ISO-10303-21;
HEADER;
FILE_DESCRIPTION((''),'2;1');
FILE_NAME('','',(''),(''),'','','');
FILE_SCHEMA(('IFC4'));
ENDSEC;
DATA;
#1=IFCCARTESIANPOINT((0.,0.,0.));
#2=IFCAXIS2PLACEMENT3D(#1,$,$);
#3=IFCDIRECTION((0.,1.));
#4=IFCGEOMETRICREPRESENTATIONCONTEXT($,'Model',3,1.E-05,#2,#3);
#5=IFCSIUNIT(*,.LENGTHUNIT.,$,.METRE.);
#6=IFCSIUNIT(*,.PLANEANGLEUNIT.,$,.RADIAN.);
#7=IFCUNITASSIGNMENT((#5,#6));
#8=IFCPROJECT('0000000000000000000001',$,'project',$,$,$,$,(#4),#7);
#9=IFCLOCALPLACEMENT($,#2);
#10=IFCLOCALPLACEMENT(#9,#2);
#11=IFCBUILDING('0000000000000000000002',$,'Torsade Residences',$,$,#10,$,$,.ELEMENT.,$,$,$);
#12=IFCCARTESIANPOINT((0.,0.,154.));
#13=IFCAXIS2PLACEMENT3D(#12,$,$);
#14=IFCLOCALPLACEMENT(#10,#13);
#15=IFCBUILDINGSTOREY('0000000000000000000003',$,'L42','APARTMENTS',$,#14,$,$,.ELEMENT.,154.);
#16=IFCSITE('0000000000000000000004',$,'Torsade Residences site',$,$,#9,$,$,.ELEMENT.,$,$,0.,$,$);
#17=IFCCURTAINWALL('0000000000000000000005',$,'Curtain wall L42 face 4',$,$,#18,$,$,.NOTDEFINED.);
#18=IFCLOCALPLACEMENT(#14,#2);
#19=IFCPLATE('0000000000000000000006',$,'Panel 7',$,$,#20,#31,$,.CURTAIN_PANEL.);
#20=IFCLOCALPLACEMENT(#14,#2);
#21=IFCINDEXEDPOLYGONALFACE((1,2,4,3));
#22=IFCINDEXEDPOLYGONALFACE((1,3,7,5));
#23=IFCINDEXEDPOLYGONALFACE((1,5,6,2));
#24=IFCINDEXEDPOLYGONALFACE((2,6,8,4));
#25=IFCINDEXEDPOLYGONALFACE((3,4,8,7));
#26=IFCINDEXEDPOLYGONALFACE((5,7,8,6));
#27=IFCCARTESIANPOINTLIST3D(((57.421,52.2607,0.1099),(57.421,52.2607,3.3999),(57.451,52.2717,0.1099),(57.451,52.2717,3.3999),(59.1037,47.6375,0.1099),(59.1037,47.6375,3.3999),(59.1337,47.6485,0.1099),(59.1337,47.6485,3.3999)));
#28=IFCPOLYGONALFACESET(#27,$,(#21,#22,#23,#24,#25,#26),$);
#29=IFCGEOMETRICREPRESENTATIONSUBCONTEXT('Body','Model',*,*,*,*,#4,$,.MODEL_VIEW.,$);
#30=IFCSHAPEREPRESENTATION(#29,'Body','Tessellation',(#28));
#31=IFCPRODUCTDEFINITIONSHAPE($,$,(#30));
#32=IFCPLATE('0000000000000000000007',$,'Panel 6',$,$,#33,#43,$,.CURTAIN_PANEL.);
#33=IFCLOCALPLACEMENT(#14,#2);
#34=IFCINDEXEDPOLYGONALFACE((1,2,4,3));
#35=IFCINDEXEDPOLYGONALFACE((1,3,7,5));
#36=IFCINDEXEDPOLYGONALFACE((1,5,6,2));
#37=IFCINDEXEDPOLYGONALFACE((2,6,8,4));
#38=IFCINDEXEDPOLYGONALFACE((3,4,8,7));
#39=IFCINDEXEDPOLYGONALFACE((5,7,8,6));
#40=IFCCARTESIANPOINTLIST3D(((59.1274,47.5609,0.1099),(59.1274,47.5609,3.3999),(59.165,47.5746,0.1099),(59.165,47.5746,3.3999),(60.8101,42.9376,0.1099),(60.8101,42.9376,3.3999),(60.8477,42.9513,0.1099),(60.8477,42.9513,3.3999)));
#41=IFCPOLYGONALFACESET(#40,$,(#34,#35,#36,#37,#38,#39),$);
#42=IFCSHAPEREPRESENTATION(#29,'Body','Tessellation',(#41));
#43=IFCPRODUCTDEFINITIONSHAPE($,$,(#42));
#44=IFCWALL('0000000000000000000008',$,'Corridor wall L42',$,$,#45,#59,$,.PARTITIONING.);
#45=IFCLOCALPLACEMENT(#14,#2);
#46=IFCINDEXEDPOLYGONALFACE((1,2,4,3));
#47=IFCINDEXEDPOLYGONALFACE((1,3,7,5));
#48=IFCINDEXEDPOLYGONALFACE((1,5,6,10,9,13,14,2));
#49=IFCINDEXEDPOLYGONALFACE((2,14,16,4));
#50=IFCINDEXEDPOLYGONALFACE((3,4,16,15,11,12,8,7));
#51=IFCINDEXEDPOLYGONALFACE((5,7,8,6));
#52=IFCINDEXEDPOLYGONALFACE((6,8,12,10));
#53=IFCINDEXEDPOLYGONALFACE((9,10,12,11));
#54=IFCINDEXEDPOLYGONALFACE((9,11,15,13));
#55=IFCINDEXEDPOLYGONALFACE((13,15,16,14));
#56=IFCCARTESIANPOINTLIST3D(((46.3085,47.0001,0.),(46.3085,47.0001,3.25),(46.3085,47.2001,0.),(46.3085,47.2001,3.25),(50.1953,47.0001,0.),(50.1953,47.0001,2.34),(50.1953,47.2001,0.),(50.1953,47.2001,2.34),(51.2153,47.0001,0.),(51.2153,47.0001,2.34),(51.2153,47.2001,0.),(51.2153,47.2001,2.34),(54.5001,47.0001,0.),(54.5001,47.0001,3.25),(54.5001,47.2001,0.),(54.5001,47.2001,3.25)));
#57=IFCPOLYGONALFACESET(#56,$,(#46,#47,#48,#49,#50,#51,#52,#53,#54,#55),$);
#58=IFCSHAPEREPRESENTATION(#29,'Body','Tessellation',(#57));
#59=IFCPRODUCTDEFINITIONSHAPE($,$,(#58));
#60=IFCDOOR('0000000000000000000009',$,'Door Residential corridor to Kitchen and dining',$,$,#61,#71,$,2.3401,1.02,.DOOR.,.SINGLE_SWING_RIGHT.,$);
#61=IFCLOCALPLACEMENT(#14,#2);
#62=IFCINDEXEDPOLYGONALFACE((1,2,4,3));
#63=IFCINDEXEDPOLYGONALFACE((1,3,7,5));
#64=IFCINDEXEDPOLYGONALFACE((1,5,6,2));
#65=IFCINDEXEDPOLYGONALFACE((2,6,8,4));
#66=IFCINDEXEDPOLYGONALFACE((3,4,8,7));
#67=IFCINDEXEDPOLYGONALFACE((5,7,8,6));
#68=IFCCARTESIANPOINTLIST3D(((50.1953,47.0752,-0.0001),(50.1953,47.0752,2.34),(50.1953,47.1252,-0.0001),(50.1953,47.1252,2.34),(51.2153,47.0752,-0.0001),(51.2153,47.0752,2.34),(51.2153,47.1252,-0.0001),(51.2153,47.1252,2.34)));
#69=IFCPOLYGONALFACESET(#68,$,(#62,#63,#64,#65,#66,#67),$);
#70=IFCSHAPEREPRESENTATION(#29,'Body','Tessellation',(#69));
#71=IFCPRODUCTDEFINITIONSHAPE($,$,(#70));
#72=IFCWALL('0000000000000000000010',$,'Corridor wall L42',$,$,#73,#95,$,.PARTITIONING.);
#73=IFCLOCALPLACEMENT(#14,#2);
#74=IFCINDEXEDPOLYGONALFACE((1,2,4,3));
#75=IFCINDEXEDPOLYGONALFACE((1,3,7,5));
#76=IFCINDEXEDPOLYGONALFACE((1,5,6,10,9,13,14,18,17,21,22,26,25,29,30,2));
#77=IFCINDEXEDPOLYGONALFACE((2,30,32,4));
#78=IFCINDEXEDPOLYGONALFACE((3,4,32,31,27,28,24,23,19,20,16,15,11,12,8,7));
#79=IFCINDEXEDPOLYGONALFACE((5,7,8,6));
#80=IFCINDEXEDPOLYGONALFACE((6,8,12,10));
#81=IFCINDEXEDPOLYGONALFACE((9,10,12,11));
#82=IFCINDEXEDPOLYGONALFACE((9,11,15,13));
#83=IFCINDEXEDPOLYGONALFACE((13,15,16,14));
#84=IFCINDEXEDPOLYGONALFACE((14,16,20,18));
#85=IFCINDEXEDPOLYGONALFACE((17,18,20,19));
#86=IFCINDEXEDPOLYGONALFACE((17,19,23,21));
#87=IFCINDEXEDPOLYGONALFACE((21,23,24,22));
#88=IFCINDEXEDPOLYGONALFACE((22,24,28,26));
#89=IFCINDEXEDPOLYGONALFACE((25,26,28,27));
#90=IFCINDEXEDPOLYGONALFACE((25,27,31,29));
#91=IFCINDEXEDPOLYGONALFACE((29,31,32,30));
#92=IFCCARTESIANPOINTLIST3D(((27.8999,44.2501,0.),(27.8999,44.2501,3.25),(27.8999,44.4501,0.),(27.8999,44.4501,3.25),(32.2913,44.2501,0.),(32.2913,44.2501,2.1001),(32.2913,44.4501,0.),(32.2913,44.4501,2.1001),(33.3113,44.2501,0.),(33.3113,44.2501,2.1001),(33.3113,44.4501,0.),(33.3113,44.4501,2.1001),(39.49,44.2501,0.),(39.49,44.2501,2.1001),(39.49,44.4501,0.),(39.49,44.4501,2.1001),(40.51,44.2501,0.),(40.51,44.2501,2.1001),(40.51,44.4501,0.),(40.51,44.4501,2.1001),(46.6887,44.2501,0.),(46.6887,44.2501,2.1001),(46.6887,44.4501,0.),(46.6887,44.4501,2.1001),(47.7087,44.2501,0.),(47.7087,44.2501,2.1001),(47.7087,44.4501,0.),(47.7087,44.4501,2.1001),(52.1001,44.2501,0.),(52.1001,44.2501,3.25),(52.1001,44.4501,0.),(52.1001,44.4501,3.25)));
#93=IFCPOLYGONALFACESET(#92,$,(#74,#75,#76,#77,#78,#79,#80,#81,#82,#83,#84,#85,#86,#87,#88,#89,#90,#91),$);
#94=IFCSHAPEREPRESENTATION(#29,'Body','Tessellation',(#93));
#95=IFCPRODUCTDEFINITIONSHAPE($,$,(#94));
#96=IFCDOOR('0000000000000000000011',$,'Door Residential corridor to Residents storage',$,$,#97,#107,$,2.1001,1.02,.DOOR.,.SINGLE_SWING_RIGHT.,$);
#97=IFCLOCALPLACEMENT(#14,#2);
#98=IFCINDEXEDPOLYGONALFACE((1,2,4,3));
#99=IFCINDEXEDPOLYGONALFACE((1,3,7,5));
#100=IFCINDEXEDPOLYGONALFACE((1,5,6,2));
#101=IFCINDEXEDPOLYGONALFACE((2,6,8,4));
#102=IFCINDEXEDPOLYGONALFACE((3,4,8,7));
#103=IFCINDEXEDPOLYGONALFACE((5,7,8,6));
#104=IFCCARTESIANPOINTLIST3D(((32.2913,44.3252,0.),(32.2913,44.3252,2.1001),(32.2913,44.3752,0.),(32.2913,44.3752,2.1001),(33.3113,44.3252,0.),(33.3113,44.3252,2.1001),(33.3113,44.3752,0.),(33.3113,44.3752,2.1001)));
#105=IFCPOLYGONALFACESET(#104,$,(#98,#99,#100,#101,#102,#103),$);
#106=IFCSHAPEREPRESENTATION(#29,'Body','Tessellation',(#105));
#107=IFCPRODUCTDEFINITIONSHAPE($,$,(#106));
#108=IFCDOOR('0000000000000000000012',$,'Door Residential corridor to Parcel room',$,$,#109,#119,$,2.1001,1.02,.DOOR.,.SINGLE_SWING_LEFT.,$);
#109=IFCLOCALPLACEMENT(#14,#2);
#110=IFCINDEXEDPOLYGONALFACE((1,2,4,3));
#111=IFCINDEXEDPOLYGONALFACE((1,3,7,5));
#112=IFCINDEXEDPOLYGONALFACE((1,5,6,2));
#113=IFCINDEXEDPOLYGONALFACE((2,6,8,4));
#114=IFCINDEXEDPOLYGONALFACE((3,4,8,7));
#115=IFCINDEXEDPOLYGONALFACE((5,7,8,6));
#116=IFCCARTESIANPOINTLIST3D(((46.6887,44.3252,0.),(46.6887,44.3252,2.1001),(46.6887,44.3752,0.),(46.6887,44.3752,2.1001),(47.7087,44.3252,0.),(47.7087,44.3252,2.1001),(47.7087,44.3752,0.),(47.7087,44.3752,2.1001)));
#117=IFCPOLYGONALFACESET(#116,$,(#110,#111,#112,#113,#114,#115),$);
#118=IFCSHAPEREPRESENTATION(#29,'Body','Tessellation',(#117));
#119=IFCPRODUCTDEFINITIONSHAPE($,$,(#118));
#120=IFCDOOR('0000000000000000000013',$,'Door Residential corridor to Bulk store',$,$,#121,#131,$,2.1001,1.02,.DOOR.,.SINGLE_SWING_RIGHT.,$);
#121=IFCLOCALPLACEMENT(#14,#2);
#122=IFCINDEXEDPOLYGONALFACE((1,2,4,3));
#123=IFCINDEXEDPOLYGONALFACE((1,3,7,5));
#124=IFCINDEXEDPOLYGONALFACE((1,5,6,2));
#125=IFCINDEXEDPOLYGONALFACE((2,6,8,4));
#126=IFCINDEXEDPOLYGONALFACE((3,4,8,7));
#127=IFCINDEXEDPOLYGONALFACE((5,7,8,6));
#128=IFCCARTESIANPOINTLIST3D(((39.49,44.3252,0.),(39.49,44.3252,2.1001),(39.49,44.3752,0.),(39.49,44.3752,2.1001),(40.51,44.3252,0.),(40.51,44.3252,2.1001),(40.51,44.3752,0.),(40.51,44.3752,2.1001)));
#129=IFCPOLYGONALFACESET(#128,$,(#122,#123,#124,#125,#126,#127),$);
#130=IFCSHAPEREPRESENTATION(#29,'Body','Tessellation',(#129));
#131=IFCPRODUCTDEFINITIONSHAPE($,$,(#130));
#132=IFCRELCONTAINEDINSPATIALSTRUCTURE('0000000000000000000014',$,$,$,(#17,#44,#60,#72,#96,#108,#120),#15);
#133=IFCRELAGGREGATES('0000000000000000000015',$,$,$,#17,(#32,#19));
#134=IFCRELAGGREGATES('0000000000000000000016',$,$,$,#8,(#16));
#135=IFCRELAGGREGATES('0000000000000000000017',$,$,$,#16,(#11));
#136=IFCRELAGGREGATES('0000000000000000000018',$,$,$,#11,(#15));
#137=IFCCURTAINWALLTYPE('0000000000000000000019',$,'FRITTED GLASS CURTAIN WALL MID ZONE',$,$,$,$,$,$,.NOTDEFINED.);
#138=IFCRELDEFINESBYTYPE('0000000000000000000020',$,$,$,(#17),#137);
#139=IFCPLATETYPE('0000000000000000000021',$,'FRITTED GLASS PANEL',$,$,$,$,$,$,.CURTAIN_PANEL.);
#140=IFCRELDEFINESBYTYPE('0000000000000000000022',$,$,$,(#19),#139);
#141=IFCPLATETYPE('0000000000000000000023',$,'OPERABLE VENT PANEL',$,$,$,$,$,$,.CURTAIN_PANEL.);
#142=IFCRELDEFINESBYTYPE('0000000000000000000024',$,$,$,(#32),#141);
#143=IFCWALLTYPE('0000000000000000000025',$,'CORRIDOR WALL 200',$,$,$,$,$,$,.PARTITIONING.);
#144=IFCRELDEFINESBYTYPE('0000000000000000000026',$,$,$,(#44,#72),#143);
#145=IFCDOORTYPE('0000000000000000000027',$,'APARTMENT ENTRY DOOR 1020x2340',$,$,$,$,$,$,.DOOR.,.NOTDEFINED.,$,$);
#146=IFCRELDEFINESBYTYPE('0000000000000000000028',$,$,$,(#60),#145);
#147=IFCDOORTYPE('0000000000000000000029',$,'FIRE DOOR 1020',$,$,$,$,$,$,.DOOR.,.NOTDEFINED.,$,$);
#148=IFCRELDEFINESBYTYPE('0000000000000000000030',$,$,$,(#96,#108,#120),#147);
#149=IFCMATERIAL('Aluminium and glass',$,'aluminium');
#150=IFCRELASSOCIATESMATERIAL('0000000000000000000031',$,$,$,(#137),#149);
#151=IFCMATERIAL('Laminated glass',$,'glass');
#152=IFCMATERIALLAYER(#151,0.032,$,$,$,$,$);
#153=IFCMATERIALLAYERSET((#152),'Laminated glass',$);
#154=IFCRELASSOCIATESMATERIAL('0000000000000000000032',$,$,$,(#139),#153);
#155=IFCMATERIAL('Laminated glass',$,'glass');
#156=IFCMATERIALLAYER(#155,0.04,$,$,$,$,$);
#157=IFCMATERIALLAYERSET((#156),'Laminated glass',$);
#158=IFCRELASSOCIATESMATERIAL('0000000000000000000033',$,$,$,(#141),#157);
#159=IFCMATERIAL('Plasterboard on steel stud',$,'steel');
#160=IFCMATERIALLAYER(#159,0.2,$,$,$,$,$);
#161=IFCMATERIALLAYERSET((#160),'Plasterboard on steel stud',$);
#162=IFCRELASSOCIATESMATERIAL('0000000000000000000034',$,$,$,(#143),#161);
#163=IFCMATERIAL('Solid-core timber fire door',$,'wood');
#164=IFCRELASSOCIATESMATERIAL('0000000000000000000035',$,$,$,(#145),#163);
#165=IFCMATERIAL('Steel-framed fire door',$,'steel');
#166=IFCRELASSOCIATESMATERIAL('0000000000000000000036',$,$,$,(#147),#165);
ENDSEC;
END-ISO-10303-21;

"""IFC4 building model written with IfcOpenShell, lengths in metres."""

from ifc_helpers import new_model, si_unit, direction, frame, frame_2d, origin, origin_2d, place, context, subcontext, project, spatial, rectangle, extrude, material, layer, layer_set, type_object, element, fill, aggregate, save


model = new_model("IFC4")

# Units and contexts
model_context = context("Model", 3, precision=1e-05, world=origin(), true_north=direction((0.0, 1.0)))
body_context = subcontext(model_context, "Body", "Model", "MODEL_VIEW")
ifc_project = project(units=[si_unit("LENGTHUNIT", "METRE"), si_unit("PLANEANGLEUNIT", "RADIAN")], contexts=[model_context])

# Site, building, storey
site_placement = place(None, origin())
site = spatial("IfcSite", under=ifc_project, at=site_placement, Name="Torsade Residences site", CompositionType="ELEMENT", RefElevation=0.0)
building_placement = place(site_placement, origin())
building = spatial("IfcBuilding", under=site, at=building_placement, Name="Torsade Residences", CompositionType="ELEMENT")
storey_placement = place(building_placement, frame((0.0, 0.0, 154.0)))
storey = spatial("IfcBuildingStorey", under=building, at=storey_placement, Name="L42", Description="APARTMENTS", CompositionType="ELEMENT", Elevation=154.0)

# Curtain wall
ifc_material_1 = material(Name="Aluminium and glass", Category="aluminium")
curtain_wall_type = type_object("IfcCurtainWallType", Name="FRITTED GLASS CURTAIN WALL MID ZONE", PredefinedType="NOTDEFINED", material=ifc_material_1)
curtain_wall_placement = place(storey_placement, origin())
curtain_wall = element("IfcCurtainWall", 1, at=curtain_wall_placement, inside=storey, type_object=curtain_wall_type, Name="Curtain wall L42 face 4", PredefinedType="NOTDEFINED")

# Plates
ifc_material_2 = material(Name="Laminated glass", Category="glass")
ifc_layer_1 = layer(ifc_material_2, 0.032)
ifc_layer_set_1 = layer_set([ifc_layer_1], Name="Laminated glass")
plate_type_1 = type_object("IfcPlateType", Name="FRITTED GLASS PANEL", PredefinedType="CURTAIN_PANEL", material=ifc_layer_set_1)
plate_1_placement = place(storey_placement, frame((58.2773, 49.9546, 0.1099), z_axis=(0.0, 0.0, 1.0), x_axis=(-0.34202, 0.939693, 0.0)))
plate_1 = element("IfcPlate", 2, at=plate_1_placement, type_object=plate_type_1, Name="Panel 7", PredefinedType="CURTAIN_PANEL", context=body_context, shape_type="SweptSolid", body=[
    extrude(rectangle(XDim=4.9199, YDim=0.032, at=origin_2d()), origin(), (0.0, 0.0, 1.0), 3.29),
])
ifc_material_3 = material(Name="Laminated glass", Category="glass")
ifc_layer_2 = layer(ifc_material_3, 0.04)
ifc_layer_set_2 = layer_set([ifc_layer_2], Name="Laminated glass")
plate_type_2 = type_object("IfcPlateType", Name="OPERABLE VENT PANEL", PredefinedType="CURTAIN_PANEL", material=ifc_layer_set_2)
plate_2_placement = place(storey_placement, frame((59.9875, 45.2561, 0.1099), z_axis=(0.0, 0.0, 1.0), x_axis=(-0.34202, 0.939693, 0.0)))
plate_2 = element("IfcPlate", 3, at=plate_2_placement, type_object=plate_type_2, Name="Panel 6", PredefinedType="CURTAIN_PANEL", context=body_context, shape_type="SweptSolid", body=[
    extrude(rectangle(XDim=4.9199, YDim=0.04, at=origin_2d()), origin(), (0.0, 0.0, 1.0), 3.29),
])
aggregate(curtain_wall, [plate_2, plate_1])

# Wall, opening, door
ifc_material_4 = material(Name="Plasterboard on steel stud", Category="steel")
ifc_layer_3 = layer(ifc_material_4, 0.2)
ifc_layer_set_3 = layer_set([ifc_layer_3], Name="Plasterboard on steel stud")
wall_type_1 = type_object("IfcWallType", Name="CORRIDOR WALL 200", PredefinedType="PARTITIONING", material=ifc_layer_set_3)
wall_1_placement = place(storey_placement, frame((54.5, 47.1001, 0.0), z_axis=(0.0, 0.0, 1.0), x_axis=(-1.0, 0.0, 0.0)))
wall_1 = element("IfcWall", 4, at=wall_1_placement, inside=storey, type_object=wall_type_1, Name="Corridor wall L42", PredefinedType="PARTITIONING", context=body_context, shape_type="SweptSolid", body=[
    extrude(rectangle(XDim=8.1917, YDim=0.2, at=frame_2d((4.0957, 0.0))), origin(), (0.0, 0.0, 1.0), 3.25),
])
opening_1_placement = place(wall_1_placement, frame((3.2847, 0.0, 0.0)))
opening_1 = element("IfcOpeningElement", 5, at=opening_1_placement, cuts=wall_1, PredefinedType="OPENING", context=body_context, shape_type="SweptSolid", body=[
    extrude(rectangle(XDim=1.02, YDim=2.3401, at=frame_2d((0.51, 1.1699))), frame((0.0, 0.1099, 0.0), z_axis=(0.0, -1.0, 0.0), x_axis=(1.0, 0.0, 0.0)), (0.0, 0.0, 1.0), 0.22),
])
ifc_material_5 = material(Name="Solid-core timber fire door", Category="wood")
door_type_1 = type_object("IfcDoorType", Name="APARTMENT ENTRY DOOR 1020x2340", OperationType="NOTDEFINED", PredefinedType="DOOR", material=ifc_material_5)
door_1_placement = place(opening_1_placement, origin())
door_1 = element("IfcDoor", 6, at=door_1_placement, inside=storey, type_object=door_type_1, Name="Door Residential corridor to Kitchen and dining", OperationType="SINGLE_SWING_RIGHT", OverallHeight=2.3401, OverallWidth=1.02, PredefinedType="DOOR", context=body_context, shape_type="SweptSolid", body=[
    extrude(rectangle(XDim=1.02, YDim=2.3401, at=frame_2d((0.51, 1.1699))), frame((0.0, 0.0249, 0.0), z_axis=(0.0, -1.0, 0.0), x_axis=(1.0, 0.0, 0.0)), (0.0, 0.0, 1.0), 0.05),
])
fill(opening_1, door_1)

# Wall, openings, doors
wall_2_placement = place(storey_placement, frame((52.1001, 44.3501, 0.0), z_axis=(0.0, 0.0, 1.0), x_axis=(-1.0, 0.0, 0.0)))
wall_2 = element("IfcWall", 7, at=wall_2_placement, inside=storey, type_object=wall_type_1, Name="Corridor wall L42", PredefinedType="PARTITIONING", context=body_context, shape_type="SweptSolid", body=[
    extrude(rectangle(XDim=24.2002, YDim=0.2, at=frame_2d((12.1001, 0.0))), origin(), (0.0, 0.0, 1.0), 3.25),
])
opening_2_placement = place(wall_2_placement, frame((18.7888, 0.0, 0.0)))
opening_2 = element("IfcOpeningElement", 8, at=opening_2_placement, cuts=wall_2, PredefinedType="OPENING", context=body_context, shape_type="SweptSolid", body=[
    extrude(rectangle(XDim=1.02, YDim=2.1001, at=frame_2d((0.51, 1.05))), frame((0.0, 0.1099, 0.0), z_axis=(0.0, -1.0, 0.0), x_axis=(1.0, 0.0, 0.0)), (0.0, 0.0, 1.0), 0.22),
])
opening_3_placement = place(wall_2_placement, frame((4.3914, 0.0, 0.0)))
opening_3 = element("IfcOpeningElement", 9, at=opening_3_placement, cuts=wall_2, PredefinedType="OPENING", context=body_context, shape_type="SweptSolid", body=[
    extrude(rectangle(XDim=1.02, YDim=2.1001, at=frame_2d((0.51, 1.05))), frame((0.0, 0.1099, 0.0), z_axis=(0.0, -1.0, 0.0), x_axis=(1.0, 0.0, 0.0)), (0.0, 0.0, 1.0), 0.22),
])
opening_4_placement = place(wall_2_placement, frame((11.5901, 0.0, 0.0)))
opening_4 = element("IfcOpeningElement", 10, at=opening_4_placement, cuts=wall_2, PredefinedType="OPENING", context=body_context, shape_type="SweptSolid", body=[
    extrude(rectangle(XDim=1.02, YDim=2.1001, at=frame_2d((0.51, 1.05))), frame((0.0, 0.1099, 0.0), z_axis=(0.0, -1.0, 0.0), x_axis=(1.0, 0.0, 0.0)), (0.0, 0.0, 1.0), 0.22),
])
ifc_material_6 = material(Name="Steel-framed fire door", Category="steel")
door_type_2 = type_object("IfcDoorType", Name="FIRE DOOR 1020", OperationType="NOTDEFINED", PredefinedType="DOOR", material=ifc_material_6)
door_2_placement = place(opening_2_placement, origin())
door_2 = element("IfcDoor", 11, at=door_2_placement, inside=storey, type_object=door_type_2, Name="Door Residential corridor to Residents storage", OperationType="SINGLE_SWING_RIGHT", OverallHeight=2.1001, OverallWidth=1.02, PredefinedType="DOOR", context=body_context, shape_type="SweptSolid", body=[
    extrude(rectangle(XDim=1.02, YDim=2.1001, at=frame_2d((0.51, 1.05))), frame((0.0, 0.0249, 0.0), z_axis=(0.0, -1.0, 0.0), x_axis=(1.0, 0.0, 0.0)), (0.0, 0.0, 1.0), 0.05),
])
fill(opening_2, door_2)
door_3_placement = place(opening_3_placement, origin())
door_3 = element("IfcDoor", 12, at=door_3_placement, inside=storey, type_object=door_type_2, Name="Door Residential corridor to Parcel room", OperationType="SINGLE_SWING_LEFT", OverallHeight=2.1001, OverallWidth=1.02, PredefinedType="DOOR", context=body_context, shape_type="SweptSolid", body=[
    extrude(rectangle(XDim=1.02, YDim=2.1001, at=frame_2d((0.51, 1.05))), frame((0.0, 0.0249, 0.0), z_axis=(0.0, -1.0, 0.0), x_axis=(1.0, 0.0, 0.0)), (0.0, 0.0, 1.0), 0.05),
])
fill(opening_3, door_3)
door_4_placement = place(opening_4_placement, origin())
door_4 = element("IfcDoor", 13, at=door_4_placement, inside=storey, type_object=door_type_2, Name="Door Residential corridor to Bulk store", OperationType="SINGLE_SWING_RIGHT", OverallHeight=2.1001, OverallWidth=1.02, PredefinedType="DOOR", context=body_context, shape_type="SweptSolid", body=[
    extrude(rectangle(XDim=1.02, YDim=2.1001, at=frame_2d((0.51, 1.05))), frame((0.0, 0.0249, 0.0), z_axis=(0.0, -1.0, 0.0), x_axis=(1.0, 0.0, 0.0)), (0.0, 0.0, 1.0), 0.05),
])
fill(opening_4, door_4)

save(model, "model.ifc")
